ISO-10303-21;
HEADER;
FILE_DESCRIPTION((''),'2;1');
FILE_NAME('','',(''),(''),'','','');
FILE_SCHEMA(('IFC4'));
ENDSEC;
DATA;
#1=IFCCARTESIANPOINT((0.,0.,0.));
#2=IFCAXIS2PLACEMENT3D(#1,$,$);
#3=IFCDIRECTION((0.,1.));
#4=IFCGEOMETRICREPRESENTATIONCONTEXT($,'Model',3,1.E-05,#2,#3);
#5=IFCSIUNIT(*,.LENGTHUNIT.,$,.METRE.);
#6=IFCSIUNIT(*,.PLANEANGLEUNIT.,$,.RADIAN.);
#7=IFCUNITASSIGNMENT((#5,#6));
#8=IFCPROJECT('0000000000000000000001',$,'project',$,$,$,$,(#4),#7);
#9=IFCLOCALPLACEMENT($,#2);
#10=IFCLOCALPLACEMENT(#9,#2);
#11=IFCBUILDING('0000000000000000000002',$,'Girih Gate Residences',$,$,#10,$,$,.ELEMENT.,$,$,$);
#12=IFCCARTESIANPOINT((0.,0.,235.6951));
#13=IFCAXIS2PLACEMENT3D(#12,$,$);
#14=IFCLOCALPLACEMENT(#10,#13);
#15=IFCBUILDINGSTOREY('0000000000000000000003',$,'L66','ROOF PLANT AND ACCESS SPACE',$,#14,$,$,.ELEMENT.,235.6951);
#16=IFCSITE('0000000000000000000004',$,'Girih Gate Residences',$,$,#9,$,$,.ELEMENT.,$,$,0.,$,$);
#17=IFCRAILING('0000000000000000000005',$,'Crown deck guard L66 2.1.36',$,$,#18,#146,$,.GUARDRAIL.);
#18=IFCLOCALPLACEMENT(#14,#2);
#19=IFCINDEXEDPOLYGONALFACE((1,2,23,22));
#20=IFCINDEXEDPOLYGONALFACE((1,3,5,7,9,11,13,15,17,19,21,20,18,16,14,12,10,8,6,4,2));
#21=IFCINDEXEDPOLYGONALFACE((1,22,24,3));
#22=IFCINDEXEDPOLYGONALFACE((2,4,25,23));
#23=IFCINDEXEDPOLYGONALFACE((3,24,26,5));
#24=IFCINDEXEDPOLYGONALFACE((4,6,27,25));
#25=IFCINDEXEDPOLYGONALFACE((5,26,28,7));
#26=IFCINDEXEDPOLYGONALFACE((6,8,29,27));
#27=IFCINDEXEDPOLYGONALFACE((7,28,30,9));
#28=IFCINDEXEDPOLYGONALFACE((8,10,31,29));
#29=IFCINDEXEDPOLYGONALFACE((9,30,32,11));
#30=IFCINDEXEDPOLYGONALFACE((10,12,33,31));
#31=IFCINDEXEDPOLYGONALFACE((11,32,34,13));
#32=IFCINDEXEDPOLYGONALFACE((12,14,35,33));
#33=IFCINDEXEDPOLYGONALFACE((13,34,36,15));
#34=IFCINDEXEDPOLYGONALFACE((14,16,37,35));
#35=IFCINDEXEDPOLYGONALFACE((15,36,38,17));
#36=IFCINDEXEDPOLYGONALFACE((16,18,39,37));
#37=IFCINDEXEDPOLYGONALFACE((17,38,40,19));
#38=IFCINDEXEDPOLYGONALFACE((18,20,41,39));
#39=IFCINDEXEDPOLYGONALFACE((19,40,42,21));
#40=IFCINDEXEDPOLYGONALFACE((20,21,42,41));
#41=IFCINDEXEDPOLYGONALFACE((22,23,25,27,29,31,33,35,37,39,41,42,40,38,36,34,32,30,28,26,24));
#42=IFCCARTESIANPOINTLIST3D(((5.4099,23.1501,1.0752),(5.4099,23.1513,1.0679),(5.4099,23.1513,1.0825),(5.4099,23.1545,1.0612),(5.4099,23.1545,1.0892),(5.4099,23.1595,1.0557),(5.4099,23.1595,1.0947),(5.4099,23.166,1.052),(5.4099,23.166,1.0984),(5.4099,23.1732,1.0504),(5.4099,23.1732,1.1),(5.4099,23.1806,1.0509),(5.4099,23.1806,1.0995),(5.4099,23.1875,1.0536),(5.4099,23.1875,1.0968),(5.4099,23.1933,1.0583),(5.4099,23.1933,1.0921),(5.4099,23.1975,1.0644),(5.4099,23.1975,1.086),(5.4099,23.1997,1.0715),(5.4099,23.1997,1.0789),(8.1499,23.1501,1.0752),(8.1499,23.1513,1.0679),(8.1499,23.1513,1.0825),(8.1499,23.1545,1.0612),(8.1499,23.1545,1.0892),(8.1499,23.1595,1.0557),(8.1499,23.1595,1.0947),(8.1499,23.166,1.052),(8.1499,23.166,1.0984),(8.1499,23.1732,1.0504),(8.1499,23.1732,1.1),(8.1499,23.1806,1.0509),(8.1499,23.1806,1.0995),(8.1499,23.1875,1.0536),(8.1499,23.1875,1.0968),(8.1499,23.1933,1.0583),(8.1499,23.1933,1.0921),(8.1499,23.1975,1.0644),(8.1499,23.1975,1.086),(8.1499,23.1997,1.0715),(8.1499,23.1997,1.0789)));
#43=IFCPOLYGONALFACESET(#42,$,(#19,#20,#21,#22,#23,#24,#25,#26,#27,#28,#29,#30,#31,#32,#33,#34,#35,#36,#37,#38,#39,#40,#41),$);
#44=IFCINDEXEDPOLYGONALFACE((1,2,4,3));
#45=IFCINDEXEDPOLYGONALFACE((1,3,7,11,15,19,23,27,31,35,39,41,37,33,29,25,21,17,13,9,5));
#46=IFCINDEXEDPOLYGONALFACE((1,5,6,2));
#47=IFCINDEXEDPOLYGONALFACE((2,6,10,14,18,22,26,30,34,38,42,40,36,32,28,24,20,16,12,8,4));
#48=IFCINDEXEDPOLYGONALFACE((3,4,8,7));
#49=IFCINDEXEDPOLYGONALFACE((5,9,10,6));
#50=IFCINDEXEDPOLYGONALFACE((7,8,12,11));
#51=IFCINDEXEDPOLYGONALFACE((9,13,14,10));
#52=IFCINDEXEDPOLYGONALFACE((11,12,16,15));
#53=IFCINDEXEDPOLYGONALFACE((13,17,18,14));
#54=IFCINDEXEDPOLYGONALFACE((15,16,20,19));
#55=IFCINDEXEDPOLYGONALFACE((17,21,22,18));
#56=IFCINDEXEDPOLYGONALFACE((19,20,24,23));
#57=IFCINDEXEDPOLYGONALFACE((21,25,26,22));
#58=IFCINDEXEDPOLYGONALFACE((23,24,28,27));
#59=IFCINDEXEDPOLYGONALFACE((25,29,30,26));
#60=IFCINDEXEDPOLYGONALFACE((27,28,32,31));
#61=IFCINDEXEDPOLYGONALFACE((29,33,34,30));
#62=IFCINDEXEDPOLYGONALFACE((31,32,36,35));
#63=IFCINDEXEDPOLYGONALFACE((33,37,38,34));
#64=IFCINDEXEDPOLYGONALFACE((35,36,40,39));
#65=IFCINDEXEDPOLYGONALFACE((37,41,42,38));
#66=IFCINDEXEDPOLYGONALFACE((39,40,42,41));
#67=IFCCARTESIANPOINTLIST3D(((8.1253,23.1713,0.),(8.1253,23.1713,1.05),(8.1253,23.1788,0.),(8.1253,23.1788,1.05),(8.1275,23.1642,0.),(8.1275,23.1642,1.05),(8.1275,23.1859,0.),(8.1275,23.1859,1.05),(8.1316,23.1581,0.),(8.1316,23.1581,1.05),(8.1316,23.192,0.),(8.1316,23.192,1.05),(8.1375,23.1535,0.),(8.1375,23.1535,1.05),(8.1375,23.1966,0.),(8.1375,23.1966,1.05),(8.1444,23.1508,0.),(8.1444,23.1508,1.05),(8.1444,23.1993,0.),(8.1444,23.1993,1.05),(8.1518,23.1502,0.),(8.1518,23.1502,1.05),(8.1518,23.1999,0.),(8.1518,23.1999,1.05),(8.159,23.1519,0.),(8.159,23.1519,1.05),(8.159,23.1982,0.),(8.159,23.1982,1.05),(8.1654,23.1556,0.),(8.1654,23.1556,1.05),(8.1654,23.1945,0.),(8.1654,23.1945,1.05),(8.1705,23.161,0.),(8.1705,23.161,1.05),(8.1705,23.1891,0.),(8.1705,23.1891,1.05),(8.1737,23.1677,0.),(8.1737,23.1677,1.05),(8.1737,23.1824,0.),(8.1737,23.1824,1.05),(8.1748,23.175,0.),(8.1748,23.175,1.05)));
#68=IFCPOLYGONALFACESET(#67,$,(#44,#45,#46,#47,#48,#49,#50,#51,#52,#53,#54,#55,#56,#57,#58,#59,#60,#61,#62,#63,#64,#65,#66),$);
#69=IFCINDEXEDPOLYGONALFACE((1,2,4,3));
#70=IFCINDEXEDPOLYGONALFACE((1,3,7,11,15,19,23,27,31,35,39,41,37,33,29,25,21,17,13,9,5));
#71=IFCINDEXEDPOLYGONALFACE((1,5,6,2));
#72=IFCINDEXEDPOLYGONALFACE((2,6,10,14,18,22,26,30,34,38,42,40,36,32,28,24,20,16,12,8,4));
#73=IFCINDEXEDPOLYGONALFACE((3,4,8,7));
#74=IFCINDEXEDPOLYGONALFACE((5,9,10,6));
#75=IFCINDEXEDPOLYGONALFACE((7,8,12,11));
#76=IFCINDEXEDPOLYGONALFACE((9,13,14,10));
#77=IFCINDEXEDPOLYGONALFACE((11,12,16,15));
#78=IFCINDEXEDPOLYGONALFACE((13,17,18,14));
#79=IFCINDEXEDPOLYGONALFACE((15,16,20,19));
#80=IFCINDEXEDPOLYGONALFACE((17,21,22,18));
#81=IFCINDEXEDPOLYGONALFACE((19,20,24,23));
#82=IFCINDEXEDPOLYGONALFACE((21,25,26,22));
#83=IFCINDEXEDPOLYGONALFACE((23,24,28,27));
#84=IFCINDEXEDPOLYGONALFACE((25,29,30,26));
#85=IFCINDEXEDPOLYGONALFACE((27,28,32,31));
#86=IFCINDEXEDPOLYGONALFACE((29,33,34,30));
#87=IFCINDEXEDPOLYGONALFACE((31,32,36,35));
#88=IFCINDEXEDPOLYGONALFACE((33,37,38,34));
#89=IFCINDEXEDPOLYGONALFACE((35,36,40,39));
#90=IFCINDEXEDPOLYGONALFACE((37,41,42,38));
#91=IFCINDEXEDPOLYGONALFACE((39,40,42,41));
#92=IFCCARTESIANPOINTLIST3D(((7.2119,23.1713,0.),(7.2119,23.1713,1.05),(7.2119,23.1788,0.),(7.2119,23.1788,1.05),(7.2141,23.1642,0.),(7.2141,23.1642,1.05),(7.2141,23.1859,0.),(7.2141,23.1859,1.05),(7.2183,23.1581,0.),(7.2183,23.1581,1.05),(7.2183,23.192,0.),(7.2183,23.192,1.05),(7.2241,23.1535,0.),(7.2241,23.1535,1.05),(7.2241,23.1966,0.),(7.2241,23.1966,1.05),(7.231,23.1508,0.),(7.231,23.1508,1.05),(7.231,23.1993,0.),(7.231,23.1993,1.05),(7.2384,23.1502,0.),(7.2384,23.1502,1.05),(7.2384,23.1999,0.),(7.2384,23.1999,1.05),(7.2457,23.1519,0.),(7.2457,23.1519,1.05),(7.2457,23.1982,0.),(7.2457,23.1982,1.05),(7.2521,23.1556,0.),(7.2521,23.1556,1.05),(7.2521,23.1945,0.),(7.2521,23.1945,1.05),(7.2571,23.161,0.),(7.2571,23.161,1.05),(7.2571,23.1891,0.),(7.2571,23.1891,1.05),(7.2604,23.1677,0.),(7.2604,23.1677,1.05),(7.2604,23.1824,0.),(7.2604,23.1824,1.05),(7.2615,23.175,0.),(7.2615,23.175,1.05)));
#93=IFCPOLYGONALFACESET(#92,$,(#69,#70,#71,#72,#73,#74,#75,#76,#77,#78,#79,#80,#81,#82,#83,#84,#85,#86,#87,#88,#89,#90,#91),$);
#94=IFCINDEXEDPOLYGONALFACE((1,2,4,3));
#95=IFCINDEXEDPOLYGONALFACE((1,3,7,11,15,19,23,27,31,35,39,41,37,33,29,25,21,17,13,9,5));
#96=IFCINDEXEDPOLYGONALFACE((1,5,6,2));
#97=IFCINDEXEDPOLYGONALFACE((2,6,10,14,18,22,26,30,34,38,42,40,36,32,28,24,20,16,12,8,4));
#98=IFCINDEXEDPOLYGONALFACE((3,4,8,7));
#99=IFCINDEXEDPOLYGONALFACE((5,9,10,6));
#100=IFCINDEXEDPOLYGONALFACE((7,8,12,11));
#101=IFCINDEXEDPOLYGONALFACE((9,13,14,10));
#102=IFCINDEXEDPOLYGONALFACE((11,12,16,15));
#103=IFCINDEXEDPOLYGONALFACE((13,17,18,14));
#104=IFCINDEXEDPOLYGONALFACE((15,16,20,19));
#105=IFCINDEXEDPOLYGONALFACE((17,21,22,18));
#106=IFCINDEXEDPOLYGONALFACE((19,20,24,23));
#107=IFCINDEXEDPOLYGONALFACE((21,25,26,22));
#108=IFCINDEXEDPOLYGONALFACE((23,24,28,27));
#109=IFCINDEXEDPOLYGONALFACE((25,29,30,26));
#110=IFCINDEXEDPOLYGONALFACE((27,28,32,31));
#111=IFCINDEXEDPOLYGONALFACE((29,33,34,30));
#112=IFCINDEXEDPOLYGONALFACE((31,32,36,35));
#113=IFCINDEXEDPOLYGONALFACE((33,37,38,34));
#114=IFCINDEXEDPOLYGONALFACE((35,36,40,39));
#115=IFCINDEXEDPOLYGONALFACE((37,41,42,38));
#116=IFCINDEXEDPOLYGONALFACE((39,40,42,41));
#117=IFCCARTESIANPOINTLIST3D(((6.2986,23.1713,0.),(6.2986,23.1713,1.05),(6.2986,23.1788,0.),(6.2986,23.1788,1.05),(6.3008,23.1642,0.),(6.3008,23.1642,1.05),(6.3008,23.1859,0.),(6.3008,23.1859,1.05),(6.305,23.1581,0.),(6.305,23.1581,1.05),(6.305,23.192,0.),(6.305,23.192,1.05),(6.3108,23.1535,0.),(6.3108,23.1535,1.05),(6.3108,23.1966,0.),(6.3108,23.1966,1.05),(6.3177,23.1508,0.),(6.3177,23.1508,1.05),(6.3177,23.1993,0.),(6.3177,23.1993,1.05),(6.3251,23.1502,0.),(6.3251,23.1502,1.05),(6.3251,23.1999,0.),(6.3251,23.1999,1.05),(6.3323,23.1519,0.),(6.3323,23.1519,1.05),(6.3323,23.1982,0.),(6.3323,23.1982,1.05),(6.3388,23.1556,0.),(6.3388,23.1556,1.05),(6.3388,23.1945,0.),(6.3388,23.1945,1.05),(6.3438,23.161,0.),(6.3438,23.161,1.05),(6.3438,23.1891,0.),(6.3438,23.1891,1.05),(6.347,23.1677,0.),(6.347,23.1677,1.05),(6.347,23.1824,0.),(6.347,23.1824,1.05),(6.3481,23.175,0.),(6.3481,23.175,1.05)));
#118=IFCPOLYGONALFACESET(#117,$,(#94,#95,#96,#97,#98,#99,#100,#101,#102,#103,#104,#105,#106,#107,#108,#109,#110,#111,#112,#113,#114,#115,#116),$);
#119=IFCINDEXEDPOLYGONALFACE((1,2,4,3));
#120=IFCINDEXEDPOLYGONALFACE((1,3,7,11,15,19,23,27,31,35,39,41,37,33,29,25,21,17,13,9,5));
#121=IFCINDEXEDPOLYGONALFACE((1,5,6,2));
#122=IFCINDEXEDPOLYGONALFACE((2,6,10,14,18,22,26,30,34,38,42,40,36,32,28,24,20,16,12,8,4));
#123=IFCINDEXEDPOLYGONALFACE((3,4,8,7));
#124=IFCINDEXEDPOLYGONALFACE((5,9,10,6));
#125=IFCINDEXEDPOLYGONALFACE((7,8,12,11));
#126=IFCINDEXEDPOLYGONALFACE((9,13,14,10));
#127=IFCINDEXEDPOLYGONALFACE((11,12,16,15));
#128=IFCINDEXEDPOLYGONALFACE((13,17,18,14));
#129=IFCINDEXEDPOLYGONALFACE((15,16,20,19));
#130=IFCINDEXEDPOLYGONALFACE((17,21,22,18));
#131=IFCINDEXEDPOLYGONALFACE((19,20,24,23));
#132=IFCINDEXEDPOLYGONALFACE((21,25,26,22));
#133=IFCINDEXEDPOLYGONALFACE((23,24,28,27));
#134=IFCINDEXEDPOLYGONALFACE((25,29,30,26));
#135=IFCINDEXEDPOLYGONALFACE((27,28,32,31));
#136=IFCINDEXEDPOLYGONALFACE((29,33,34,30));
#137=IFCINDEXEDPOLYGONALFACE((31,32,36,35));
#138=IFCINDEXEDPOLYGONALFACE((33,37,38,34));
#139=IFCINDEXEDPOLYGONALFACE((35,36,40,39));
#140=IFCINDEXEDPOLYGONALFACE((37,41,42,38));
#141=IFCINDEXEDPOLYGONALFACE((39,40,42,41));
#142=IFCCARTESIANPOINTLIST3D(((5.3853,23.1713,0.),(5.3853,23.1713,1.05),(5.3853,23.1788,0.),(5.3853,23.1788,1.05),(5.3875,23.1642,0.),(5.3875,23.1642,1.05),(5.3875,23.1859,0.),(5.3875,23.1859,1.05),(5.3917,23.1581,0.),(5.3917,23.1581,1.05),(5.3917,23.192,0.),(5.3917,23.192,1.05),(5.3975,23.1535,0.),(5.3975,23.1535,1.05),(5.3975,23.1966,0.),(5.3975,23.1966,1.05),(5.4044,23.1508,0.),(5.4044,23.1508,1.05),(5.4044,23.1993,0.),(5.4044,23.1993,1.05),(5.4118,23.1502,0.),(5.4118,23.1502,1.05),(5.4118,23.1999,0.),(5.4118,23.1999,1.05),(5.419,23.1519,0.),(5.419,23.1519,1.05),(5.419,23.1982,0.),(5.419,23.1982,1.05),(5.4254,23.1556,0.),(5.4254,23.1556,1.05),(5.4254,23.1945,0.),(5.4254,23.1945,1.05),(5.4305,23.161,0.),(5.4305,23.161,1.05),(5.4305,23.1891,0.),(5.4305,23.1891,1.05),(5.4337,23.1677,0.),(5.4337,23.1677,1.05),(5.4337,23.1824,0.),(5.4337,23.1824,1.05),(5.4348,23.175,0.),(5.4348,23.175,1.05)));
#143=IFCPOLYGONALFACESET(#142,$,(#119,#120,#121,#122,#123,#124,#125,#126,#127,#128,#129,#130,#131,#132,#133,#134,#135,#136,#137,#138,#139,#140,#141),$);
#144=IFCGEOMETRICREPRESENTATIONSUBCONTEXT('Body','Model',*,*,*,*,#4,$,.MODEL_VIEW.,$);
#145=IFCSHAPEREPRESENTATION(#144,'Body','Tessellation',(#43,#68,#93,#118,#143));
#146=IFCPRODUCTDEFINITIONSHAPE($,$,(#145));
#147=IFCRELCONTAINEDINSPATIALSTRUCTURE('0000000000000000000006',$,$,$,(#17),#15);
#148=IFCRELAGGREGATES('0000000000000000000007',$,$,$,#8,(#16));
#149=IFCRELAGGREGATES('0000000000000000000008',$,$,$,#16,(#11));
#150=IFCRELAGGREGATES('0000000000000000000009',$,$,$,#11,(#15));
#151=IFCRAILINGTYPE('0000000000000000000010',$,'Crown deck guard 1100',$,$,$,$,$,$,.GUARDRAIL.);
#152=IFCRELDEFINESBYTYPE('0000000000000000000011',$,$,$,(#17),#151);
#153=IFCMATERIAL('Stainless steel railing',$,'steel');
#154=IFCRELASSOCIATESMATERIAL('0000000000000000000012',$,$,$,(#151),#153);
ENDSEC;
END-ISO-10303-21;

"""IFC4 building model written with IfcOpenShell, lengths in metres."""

from ifc_helpers import new_model, si_unit, direction, frame, origin, origin_2d, place, context, subcontext, project, spatial, circle, extrude, material, type_object, element, save


model = new_model("IFC4")

# Units and contexts
model_context = context("Model", 3, precision=1e-05, world=origin(), true_north=direction((0.0, 1.0)))
body_context = subcontext(model_context, "Body", "Model", "MODEL_VIEW")
ifc_project = project(units=[si_unit("LENGTHUNIT", "METRE"), si_unit("PLANEANGLEUNIT", "RADIAN")], contexts=[model_context])

# Site, building, storey
site_placement = place(None, origin())
site = spatial("IfcSite", under=ifc_project, at=site_placement, Name="Girih Gate Residences", CompositionType="ELEMENT", RefElevation=0.0)
building_placement = place(site_placement, origin())
building = spatial("IfcBuilding", under=site, at=building_placement, Name="Girih Gate Residences", CompositionType="ELEMENT")
storey_placement = place(building_placement, frame((0.0, 0.0, 235.6951)))
storey = spatial("IfcBuildingStorey", under=building, at=storey_placement, Name="L66", Description="ROOF PLANT AND ACCESS SPACE", CompositionType="ELEMENT", Elevation=235.6951)

# Railing
ifc_material_1 = material(Name="Stainless steel railing", Category="steel")
railing_type = type_object("IfcRailingType", Name="Crown deck guard 1100", PredefinedType="GUARDRAIL", material=ifc_material_1)
railing_1_placement = place(storey_placement, frame((8.1499, 23.175, 0.0)))
element("IfcRailing", 1, at=railing_1_placement, inside=storey, type_object=railing_type, Name="Crown deck guard L66 2.1.36", PredefinedType="GUARDRAIL", context=body_context, shape_type="SweptSolid", body=[
    extrude(circle(Radius=0.0249, at=origin_2d()), frame((0.0, 0.0, 1.0752), z_axis=(-1.0, 0.0, 0.0), x_axis=(0.0, -1.0, 0.0)), (0.0, 0.0, 1.0), 2.74),
    extrude(circle(Radius=0.0249, at=origin_2d()), origin(), (0.0, 0.0, 1.0), 1.05),
    extrude(circle(Radius=0.0249, at=origin_2d()), frame((-0.9133, 0.0, 0.0)), (0.0, 0.0, 1.0), 1.05),
    extrude(circle(Radius=0.0249, at=origin_2d()), frame((-1.8267, 0.0, 0.0)), (0.0, 0.0, 1.0), 1.05),
    extrude(circle(Radius=0.0249, at=origin_2d()), frame((-2.74, 0.0, 0.0)), (0.0, 0.0, 1.0), 1.05),
])

save(model, "model.ifc")
